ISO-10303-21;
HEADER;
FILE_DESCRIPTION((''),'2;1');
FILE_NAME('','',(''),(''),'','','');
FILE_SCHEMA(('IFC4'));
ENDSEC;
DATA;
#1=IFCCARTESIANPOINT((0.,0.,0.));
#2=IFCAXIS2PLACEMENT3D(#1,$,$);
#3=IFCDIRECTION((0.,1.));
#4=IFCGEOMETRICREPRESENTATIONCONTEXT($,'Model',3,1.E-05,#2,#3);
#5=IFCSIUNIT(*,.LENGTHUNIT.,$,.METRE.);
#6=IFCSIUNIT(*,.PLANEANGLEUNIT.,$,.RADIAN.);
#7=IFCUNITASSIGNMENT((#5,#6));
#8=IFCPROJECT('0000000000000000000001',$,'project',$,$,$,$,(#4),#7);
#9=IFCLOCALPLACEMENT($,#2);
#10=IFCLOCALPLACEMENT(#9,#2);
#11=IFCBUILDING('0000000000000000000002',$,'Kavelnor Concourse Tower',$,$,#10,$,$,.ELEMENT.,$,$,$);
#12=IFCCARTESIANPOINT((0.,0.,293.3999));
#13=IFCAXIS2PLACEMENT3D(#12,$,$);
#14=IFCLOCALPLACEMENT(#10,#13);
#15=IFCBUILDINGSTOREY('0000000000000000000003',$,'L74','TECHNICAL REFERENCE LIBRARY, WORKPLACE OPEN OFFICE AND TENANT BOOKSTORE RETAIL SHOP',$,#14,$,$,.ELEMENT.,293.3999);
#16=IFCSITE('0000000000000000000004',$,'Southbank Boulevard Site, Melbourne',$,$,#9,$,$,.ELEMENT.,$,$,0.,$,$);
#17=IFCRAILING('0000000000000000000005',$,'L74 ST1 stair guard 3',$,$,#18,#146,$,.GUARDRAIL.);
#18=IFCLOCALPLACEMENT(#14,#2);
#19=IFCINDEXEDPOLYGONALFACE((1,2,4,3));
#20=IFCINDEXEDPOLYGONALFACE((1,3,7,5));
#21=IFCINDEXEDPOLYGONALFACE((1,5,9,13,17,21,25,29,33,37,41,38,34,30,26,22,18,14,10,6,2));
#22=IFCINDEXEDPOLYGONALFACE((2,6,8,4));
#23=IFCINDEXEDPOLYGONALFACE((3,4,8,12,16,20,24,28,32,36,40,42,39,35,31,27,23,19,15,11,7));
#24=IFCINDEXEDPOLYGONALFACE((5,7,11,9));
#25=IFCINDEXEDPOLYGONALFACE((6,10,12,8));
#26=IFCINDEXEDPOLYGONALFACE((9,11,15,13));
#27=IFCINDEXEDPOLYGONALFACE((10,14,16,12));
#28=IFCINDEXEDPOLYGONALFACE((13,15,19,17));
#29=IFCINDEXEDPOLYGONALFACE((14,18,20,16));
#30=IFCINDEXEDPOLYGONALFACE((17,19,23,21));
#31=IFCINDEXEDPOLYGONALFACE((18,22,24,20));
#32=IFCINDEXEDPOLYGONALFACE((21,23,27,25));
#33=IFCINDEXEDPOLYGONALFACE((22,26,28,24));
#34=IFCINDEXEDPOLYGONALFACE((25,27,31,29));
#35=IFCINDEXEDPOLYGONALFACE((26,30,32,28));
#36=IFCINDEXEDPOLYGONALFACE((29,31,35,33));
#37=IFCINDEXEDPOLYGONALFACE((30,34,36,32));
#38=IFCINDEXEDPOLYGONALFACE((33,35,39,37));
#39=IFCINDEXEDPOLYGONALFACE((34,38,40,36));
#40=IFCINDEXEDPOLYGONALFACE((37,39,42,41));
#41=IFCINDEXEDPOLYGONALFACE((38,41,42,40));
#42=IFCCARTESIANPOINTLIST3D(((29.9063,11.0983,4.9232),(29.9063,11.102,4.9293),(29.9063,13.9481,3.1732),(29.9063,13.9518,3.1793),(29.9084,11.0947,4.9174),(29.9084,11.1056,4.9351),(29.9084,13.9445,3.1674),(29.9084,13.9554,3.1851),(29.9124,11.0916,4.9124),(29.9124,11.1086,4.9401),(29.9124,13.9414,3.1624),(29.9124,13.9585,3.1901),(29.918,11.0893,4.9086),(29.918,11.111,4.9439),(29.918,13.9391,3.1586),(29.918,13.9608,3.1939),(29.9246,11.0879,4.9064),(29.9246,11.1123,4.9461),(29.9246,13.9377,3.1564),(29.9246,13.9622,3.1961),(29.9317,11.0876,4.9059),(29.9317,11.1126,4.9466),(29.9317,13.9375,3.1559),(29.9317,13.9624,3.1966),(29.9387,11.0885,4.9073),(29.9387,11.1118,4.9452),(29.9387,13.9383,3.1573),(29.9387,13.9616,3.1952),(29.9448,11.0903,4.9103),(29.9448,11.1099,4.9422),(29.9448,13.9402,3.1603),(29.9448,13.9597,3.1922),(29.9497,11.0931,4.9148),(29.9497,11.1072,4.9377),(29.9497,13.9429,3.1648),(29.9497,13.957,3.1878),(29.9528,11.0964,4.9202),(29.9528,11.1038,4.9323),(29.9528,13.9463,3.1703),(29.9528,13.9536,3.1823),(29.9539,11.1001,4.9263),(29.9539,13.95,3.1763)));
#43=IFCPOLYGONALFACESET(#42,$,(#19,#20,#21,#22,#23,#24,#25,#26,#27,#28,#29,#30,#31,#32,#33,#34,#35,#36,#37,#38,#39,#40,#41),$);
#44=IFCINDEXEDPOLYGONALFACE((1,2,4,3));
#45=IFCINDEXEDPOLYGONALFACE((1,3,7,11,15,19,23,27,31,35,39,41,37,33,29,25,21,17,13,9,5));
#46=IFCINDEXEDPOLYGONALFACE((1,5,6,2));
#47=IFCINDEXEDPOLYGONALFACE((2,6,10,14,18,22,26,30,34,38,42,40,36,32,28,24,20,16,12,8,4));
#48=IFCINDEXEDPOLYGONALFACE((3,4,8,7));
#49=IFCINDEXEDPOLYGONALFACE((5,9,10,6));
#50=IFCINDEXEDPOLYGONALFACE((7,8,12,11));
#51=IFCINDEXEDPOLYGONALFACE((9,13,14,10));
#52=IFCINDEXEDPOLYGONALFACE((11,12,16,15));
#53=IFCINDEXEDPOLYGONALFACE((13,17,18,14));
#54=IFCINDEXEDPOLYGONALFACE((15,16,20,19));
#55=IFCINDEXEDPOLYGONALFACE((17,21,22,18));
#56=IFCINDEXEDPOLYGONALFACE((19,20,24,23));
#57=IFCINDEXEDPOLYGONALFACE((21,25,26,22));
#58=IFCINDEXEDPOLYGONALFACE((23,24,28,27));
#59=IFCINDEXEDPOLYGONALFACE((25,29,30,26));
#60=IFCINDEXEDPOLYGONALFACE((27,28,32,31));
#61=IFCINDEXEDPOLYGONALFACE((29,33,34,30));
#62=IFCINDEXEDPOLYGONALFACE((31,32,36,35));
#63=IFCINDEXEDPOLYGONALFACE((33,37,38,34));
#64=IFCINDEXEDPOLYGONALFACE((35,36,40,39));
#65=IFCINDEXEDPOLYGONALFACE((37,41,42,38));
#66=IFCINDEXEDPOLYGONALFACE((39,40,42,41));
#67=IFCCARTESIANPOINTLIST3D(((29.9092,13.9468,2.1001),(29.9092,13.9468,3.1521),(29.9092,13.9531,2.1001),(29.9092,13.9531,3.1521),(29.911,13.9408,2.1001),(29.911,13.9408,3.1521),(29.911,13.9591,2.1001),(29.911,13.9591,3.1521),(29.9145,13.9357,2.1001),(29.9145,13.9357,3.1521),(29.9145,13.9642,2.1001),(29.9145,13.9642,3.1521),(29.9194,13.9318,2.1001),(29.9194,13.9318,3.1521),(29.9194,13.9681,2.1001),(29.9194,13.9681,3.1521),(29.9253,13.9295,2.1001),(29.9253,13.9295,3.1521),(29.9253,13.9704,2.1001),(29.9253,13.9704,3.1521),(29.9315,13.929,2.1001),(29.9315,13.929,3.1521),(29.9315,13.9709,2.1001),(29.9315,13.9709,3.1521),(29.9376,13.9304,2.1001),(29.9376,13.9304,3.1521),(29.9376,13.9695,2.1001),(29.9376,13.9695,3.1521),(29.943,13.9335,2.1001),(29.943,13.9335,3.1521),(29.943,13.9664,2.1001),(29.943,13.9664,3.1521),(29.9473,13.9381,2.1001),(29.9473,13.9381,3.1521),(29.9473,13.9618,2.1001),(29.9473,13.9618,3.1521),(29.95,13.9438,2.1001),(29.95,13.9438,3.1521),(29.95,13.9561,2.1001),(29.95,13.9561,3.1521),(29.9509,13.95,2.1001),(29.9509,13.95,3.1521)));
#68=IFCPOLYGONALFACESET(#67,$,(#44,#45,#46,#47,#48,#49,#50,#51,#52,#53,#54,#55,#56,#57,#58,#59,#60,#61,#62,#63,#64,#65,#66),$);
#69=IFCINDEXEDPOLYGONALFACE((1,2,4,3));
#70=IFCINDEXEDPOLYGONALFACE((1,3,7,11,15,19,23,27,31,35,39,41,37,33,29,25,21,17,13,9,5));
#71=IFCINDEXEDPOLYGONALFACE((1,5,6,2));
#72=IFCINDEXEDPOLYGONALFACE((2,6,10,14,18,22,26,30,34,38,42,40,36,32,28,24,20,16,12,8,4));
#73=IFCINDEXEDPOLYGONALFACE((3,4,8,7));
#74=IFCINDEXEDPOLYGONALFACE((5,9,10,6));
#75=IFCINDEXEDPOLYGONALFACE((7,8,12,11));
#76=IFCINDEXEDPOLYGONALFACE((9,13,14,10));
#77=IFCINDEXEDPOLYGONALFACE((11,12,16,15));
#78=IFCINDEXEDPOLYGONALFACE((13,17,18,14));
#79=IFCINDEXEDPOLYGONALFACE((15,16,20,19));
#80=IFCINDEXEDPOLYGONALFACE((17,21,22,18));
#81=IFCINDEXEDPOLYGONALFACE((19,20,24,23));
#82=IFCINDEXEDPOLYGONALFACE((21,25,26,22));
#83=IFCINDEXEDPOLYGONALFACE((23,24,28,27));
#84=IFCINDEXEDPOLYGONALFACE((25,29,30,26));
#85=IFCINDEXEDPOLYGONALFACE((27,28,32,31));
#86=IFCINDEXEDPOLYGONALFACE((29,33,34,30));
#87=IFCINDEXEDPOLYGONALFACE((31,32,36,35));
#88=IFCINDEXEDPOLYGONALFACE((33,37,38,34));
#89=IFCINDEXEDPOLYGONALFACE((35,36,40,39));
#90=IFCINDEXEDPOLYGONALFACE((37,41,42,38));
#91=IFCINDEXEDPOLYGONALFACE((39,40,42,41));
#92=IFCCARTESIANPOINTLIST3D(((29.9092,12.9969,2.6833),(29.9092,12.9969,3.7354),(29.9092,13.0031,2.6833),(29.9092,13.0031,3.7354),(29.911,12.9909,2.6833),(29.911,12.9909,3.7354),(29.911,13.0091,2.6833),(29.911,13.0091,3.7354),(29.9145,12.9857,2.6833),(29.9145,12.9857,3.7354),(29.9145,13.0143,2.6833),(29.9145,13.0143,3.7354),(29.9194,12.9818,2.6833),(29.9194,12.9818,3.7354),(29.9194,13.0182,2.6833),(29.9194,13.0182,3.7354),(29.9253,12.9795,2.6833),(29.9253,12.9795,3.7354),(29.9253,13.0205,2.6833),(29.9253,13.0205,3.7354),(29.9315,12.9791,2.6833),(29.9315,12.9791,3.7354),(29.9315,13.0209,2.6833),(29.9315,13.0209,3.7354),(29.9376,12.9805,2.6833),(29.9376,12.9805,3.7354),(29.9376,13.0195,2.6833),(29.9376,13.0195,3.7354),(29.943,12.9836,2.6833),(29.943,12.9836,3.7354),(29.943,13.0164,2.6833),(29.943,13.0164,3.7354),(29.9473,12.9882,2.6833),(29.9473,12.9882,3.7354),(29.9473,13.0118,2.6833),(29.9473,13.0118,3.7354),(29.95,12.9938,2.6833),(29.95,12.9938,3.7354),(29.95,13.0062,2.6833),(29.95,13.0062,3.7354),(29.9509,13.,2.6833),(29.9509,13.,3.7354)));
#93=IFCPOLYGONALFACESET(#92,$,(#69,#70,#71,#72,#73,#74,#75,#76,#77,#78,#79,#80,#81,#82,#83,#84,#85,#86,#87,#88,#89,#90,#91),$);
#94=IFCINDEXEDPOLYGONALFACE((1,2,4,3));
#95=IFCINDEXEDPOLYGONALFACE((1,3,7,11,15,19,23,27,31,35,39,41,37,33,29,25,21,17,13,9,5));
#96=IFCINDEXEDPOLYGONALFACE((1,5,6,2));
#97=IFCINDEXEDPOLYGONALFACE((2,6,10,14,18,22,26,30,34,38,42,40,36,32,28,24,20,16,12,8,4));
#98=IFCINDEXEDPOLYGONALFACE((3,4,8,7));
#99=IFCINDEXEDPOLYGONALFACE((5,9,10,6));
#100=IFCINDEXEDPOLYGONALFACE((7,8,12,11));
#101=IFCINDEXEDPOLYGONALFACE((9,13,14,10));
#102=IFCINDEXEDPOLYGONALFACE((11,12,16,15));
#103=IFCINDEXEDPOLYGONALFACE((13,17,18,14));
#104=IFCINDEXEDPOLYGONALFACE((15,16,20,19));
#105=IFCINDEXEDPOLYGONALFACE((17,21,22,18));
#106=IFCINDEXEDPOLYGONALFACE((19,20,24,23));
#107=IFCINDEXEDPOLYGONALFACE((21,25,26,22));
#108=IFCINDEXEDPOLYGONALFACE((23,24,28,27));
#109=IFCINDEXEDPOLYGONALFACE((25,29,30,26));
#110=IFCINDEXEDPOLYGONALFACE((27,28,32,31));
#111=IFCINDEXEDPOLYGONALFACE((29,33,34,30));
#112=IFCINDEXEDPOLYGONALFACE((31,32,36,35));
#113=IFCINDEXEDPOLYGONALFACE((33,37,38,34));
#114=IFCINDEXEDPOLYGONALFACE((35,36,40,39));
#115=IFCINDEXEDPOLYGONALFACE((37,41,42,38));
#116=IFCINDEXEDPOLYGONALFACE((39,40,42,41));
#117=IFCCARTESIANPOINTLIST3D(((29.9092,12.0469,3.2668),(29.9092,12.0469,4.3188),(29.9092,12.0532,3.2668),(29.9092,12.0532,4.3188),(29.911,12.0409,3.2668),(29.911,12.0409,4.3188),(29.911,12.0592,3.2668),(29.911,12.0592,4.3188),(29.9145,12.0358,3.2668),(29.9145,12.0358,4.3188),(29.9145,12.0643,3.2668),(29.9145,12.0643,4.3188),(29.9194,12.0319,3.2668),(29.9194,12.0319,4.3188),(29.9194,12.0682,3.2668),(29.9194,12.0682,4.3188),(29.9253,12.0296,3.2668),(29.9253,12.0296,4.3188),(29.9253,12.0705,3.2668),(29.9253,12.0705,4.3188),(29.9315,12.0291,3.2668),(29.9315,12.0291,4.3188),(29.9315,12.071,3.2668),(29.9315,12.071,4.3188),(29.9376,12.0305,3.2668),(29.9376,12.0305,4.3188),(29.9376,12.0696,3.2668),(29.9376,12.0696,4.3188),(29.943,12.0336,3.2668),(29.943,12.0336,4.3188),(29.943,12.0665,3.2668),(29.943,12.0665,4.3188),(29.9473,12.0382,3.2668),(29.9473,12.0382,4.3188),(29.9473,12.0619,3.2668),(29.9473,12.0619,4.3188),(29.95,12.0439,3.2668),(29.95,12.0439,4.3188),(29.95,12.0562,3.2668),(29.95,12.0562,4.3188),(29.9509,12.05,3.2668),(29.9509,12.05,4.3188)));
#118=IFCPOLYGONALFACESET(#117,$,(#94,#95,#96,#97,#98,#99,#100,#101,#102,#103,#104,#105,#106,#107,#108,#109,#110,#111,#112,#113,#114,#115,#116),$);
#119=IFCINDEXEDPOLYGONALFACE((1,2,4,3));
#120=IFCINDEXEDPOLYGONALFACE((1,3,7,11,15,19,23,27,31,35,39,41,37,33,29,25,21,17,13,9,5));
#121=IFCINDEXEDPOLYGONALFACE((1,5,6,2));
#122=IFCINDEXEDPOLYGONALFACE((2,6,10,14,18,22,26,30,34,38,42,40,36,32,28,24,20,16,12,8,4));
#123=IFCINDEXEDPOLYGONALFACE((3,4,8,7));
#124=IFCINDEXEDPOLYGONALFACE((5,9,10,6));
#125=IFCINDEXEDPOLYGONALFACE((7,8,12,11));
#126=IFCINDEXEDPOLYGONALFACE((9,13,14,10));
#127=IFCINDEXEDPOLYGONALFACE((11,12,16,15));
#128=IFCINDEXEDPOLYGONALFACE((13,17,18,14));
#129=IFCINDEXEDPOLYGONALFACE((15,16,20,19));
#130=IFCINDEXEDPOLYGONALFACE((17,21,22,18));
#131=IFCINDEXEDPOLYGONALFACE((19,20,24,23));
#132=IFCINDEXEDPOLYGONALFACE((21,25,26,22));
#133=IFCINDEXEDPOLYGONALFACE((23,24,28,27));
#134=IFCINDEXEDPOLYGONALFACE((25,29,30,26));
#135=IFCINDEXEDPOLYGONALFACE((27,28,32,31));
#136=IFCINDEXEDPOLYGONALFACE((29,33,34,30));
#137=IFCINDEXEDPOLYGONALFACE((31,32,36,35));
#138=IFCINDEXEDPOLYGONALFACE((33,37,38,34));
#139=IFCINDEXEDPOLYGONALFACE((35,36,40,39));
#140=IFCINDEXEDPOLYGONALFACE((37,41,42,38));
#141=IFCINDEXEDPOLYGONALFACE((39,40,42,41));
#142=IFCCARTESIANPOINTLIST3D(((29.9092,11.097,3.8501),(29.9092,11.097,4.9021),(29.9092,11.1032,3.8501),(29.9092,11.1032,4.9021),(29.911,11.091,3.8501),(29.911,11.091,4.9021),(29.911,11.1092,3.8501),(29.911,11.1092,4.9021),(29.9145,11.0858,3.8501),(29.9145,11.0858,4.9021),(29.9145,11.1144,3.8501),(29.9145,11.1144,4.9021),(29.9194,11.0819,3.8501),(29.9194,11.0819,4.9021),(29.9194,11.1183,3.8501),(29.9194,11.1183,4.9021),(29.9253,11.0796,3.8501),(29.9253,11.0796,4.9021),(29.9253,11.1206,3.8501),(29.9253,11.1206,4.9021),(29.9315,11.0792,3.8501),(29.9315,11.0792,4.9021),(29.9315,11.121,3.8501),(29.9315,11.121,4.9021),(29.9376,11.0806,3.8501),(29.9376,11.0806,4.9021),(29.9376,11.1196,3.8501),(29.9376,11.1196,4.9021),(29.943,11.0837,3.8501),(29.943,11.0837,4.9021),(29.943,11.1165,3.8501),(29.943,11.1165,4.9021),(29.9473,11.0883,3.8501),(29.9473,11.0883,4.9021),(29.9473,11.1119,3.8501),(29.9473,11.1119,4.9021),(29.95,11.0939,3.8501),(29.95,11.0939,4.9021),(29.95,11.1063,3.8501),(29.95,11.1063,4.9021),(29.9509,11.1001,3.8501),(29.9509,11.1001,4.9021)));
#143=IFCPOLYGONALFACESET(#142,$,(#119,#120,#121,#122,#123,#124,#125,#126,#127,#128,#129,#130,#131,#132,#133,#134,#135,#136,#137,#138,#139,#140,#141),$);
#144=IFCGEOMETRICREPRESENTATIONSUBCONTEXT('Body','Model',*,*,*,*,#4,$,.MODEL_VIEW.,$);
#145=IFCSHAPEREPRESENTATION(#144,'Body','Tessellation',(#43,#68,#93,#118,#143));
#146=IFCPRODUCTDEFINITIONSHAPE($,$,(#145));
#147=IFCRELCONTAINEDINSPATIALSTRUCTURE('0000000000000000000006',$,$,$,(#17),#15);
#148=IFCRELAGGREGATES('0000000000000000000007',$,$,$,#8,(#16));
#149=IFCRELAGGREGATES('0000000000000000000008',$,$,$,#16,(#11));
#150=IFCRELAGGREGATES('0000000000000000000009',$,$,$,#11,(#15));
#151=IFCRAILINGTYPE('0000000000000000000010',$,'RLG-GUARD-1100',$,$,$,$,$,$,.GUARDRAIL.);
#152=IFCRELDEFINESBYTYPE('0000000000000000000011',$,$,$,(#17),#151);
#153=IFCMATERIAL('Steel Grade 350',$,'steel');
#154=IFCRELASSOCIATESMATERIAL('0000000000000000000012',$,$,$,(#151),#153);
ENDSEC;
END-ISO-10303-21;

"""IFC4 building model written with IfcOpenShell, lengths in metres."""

from ifc_helpers import new_model, si_unit, direction, frame, origin, origin_2d, place, context, subcontext, project, spatial, circle, extrude, material, type_object, element, save


model = new_model("IFC4")

# Units and contexts
model_context = context("Model", 3, precision=1e-05, world=origin(), true_north=direction((0.0, 1.0)))
body_context = subcontext(model_context, "Body", "Model", "MODEL_VIEW")
ifc_project = project(units=[si_unit("LENGTHUNIT", "METRE"), si_unit("PLANEANGLEUNIT", "RADIAN")], contexts=[model_context])

# Site, building, storey
site_placement = place(None, origin())
site = spatial("IfcSite", under=ifc_project, at=site_placement, Name="Southbank Boulevard Site, Melbourne", CompositionType="ELEMENT", RefElevation=0.0)
building_placement = place(site_placement, origin())
building = spatial("IfcBuilding", under=site, at=building_placement, Name="Kavelnor Concourse Tower", CompositionType="ELEMENT")
storey_placement = place(building_placement, frame((0.0, 0.0, 293.3999)))
storey = spatial("IfcBuildingStorey", under=building, at=storey_placement, Name="L74", Description="TECHNICAL REFERENCE LIBRARY, WORKPLACE OPEN OFFICE AND TENANT BOOKSTORE RETAIL SHOP", CompositionType="ELEMENT", Elevation=293.3999)

# Shared definitions
ifc_material_1 = material(Name="Steel Grade 350", Category="steel")

# Railing
railing_type_1 = type_object("IfcRailingType", Name="RLG-GUARD-1100", PredefinedType="GUARDRAIL", material=ifc_material_1)
railing_1_placement = place(storey_placement, frame((29.9299, 13.95, 2.1001)))
element("IfcRailing", 1, at=railing_1_placement, inside=storey, type_object=railing_type_1, Name="L74 ST1 stair guard 3", PredefinedType="GUARDRAIL", context=body_context, shape_type="SweptSolid", body=[
    extrude(circle(Radius=0.0239, at=origin_2d()), frame((0.0, 0.0, 1.0762), z_axis=(0.0, -0.852159, 0.523283), x_axis=(1.0, 0.0, 0.0)), (0.0, 0.0, 1.0), 3.3442),
    extrude(circle(Radius=0.021, at=origin_2d()), origin(), (0.0, 0.0, 1.0), 1.052),
    extrude(circle(Radius=0.021, at=origin_2d()), frame((0.0, -0.95, 0.5833)), (0.0, 0.0, 1.0), 1.052),
    extrude(circle(Radius=0.021, at=origin_2d()), frame((0.0, -1.8999, 1.1667)), (0.0, 0.0, 1.0), 1.052),
    extrude(circle(Radius=0.021, at=origin_2d()), frame((0.0, -2.8499, 1.75)), (0.0, 0.0, 1.0), 1.052),
])

save(model, "model.ifc")
